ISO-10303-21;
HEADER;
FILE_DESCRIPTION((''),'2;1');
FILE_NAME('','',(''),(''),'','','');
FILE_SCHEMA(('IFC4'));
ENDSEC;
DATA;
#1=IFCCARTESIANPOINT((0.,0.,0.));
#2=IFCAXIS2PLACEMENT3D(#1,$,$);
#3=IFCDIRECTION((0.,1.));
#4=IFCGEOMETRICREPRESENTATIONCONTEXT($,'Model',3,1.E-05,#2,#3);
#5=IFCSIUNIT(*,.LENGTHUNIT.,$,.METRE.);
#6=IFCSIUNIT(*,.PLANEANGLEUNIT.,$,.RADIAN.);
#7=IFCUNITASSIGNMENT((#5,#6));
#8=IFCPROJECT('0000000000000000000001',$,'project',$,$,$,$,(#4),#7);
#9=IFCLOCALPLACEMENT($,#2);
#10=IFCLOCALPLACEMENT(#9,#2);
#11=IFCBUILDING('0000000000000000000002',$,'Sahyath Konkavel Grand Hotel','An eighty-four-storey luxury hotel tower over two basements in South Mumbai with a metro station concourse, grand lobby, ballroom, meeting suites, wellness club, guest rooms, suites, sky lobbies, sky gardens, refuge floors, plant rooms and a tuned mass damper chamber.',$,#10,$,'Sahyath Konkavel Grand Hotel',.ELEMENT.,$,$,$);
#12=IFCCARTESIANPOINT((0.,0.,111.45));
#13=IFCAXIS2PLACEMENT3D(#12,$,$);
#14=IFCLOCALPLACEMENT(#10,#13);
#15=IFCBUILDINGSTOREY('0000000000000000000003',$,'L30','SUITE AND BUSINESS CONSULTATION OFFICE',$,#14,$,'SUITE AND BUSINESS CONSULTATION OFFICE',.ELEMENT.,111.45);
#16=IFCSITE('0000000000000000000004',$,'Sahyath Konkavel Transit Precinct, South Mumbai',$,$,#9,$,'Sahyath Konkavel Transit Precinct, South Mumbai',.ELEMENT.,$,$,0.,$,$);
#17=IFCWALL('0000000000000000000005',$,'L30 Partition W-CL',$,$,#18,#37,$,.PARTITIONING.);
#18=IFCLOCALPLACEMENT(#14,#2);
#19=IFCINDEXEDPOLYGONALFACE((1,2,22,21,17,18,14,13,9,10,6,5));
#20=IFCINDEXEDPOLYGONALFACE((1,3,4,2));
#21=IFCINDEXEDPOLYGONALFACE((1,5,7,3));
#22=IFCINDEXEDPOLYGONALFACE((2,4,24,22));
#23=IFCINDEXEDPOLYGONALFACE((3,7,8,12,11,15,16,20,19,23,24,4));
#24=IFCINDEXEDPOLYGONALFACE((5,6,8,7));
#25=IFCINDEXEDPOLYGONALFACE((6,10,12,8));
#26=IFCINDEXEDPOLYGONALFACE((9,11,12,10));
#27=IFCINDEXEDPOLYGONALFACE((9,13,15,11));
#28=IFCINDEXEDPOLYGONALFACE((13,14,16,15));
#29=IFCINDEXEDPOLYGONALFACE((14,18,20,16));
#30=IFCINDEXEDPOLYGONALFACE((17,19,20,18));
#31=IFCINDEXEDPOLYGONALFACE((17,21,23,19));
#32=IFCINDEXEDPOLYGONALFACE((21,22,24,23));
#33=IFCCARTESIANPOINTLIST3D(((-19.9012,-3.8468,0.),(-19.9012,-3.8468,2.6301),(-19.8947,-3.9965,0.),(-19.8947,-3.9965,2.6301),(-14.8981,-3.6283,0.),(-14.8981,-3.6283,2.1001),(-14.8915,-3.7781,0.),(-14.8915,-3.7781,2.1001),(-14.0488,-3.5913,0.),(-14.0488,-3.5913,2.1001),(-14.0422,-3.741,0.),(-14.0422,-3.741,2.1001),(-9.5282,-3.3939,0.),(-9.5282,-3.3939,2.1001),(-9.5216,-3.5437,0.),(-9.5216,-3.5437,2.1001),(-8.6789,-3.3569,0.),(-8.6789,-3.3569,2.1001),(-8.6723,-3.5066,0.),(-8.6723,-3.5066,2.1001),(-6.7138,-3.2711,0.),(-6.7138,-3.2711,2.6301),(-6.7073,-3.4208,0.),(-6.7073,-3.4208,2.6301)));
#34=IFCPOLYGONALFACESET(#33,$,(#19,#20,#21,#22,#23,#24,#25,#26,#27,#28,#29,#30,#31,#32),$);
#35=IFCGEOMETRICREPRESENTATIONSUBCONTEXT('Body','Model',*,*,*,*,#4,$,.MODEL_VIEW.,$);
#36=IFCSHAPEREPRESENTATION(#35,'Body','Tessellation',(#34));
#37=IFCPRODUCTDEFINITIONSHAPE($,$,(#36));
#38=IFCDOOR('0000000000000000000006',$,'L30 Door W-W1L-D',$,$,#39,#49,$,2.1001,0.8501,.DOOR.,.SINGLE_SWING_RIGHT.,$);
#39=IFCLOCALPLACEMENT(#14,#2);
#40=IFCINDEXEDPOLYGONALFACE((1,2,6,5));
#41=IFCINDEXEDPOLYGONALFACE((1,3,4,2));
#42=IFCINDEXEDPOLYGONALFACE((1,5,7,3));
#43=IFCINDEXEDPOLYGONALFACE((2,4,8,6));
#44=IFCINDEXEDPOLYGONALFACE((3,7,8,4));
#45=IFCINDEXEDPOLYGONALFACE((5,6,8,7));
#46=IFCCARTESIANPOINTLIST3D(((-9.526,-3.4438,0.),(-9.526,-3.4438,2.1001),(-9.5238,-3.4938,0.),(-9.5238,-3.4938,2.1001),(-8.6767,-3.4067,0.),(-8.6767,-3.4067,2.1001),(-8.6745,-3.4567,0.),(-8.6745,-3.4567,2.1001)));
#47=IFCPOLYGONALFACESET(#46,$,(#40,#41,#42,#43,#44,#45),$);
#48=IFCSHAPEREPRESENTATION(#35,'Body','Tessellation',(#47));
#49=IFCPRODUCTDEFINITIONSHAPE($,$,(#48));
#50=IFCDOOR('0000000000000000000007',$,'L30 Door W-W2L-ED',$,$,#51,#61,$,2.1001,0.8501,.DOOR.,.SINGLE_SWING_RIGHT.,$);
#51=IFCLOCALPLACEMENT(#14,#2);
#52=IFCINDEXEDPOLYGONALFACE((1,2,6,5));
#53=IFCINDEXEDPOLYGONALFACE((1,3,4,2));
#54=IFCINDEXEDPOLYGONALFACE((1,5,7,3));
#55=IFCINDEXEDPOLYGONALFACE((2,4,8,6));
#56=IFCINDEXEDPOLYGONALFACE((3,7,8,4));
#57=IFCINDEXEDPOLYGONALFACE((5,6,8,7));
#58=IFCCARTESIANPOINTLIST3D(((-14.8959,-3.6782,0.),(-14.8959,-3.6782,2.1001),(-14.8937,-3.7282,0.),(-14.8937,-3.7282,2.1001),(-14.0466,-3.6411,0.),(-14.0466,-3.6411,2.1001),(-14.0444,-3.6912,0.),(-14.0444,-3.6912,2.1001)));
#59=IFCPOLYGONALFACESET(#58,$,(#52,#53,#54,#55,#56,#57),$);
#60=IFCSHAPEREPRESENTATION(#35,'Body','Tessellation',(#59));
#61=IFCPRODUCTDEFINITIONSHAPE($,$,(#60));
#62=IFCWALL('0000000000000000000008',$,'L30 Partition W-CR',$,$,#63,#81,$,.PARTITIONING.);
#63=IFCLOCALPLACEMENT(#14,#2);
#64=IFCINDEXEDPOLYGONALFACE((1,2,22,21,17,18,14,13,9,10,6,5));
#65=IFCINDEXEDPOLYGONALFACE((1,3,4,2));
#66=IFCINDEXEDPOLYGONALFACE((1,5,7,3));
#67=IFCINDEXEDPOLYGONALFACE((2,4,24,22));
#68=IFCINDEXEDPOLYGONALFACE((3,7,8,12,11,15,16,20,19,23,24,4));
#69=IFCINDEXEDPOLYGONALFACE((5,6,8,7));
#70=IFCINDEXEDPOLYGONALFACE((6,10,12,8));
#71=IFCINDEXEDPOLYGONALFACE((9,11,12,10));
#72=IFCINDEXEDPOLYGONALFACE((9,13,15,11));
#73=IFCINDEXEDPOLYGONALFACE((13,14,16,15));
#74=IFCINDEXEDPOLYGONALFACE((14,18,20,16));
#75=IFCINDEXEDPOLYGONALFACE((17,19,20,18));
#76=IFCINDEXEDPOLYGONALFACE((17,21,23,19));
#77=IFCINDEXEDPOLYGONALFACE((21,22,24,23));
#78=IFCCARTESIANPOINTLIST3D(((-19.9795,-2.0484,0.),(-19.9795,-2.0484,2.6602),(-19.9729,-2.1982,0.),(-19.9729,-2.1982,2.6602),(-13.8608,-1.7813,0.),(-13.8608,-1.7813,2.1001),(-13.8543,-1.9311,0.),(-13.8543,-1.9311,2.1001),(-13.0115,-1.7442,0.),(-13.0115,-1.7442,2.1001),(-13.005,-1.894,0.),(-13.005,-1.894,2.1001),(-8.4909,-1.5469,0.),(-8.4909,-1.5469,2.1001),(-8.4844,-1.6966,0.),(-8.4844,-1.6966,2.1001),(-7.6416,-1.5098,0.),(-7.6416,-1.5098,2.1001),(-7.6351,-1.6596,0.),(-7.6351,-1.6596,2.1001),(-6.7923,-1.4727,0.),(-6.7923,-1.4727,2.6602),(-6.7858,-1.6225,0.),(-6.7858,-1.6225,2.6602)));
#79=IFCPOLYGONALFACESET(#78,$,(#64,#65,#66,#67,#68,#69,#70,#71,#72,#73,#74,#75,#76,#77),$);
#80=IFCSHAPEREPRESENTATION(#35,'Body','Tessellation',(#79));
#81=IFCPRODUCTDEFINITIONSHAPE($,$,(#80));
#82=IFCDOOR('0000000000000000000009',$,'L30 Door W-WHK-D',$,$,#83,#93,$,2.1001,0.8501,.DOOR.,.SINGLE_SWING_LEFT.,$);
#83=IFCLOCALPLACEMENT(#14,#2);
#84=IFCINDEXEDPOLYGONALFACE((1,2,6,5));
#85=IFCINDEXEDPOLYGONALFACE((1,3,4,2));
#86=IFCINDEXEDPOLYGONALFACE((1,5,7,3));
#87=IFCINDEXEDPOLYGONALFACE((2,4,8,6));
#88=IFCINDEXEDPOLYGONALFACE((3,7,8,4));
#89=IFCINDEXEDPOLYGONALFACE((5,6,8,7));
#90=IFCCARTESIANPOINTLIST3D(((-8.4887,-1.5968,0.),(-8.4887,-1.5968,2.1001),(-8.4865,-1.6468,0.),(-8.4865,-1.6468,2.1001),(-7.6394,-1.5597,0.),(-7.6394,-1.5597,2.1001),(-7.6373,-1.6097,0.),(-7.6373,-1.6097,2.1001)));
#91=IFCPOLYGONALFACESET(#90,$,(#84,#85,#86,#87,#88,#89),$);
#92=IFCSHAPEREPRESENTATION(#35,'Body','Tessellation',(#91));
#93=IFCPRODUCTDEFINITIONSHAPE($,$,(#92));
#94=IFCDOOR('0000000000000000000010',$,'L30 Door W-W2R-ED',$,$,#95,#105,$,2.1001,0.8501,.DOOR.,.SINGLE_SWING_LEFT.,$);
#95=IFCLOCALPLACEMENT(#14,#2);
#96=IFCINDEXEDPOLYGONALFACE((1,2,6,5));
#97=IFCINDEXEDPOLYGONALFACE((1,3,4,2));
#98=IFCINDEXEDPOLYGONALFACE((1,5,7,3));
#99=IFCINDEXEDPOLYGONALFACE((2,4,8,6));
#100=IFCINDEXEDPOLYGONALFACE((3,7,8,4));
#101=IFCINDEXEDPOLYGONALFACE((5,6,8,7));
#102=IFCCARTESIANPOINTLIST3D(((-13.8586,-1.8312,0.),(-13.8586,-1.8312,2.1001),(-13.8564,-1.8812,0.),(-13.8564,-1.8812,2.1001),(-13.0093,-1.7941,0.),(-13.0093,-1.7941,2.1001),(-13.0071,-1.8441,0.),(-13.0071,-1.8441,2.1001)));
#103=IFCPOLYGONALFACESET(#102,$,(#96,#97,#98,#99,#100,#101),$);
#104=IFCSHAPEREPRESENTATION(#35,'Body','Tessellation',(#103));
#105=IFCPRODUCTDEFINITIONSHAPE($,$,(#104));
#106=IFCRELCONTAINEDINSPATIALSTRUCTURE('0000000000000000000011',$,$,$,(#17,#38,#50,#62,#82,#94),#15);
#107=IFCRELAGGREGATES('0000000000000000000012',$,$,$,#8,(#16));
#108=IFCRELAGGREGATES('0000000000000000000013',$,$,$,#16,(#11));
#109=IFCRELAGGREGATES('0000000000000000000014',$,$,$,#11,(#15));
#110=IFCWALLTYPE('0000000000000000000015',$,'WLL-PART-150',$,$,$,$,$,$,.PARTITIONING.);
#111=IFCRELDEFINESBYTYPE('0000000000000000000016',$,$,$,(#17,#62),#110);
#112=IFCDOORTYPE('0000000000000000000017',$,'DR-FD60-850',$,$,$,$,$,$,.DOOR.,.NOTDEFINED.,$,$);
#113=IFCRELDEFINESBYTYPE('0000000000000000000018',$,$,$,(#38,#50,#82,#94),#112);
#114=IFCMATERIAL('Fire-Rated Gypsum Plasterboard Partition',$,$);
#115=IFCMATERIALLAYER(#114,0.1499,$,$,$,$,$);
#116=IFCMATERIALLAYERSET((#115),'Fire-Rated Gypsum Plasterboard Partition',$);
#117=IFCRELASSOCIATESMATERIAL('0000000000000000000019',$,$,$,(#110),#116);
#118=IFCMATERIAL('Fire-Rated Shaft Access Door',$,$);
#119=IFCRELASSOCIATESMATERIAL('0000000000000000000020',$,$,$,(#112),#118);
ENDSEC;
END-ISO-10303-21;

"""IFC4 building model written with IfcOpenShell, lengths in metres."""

from ifc_helpers import new_model, si_unit, direction, frame, frame_2d, origin, origin_2d, place, context, subcontext, project, spatial, rectangle, extrude, source, transform, mapped, material, layer, layer_set, type_object, element, fill, save


model = new_model("IFC4")

# Units and contexts
model_context = context("Model", 3, precision=1e-05, world=origin(), true_north=direction((0.0, 1.0)))
body_context = subcontext(model_context, "Body", "Model", "MODEL_VIEW")
ifc_project = project(units=[si_unit("LENGTHUNIT", "METRE"), si_unit("PLANEANGLEUNIT", "RADIAN")], contexts=[model_context])

# Site, building, storey
site_placement = place(None, origin())
site = spatial("IfcSite", under=ifc_project, at=site_placement, Name="Sahyath Konkavel Transit Precinct, South Mumbai", LongName="Sahyath Konkavel Transit Precinct, South Mumbai", CompositionType="ELEMENT", RefElevation=0.0)
building_placement = place(site_placement, origin())
building = spatial("IfcBuilding", under=site, at=building_placement, Name="Sahyath Konkavel Grand Hotel", Description="An eighty-four-storey luxury hotel tower over two basements in South Mumbai with a metro station concourse, grand lobby, ballroom, meeting suites, wellness club, guest rooms, suites, sky lobbies, sky gardens, refuge floors, plant rooms and a tuned mass damper chamber.", LongName="Sahyath Konkavel Grand Hotel", CompositionType="ELEMENT")
storey_placement = place(building_placement, frame((0.0, 0.0, 111.45)))
storey = spatial("IfcBuildingStorey", under=building, at=storey_placement, Name="L30", Description="SUITE AND BUSINESS CONSULTATION OFFICE", LongName="SUITE AND BUSINESS CONSULTATION OFFICE", CompositionType="ELEMENT", Elevation=111.45)

# Walls, openings, doors
ifc_material_1 = material(Name="Fire-Rated Gypsum Plasterboard Partition")
ifc_layer_1 = layer(ifc_material_1, 0.1499)
ifc_layer_set_1 = layer_set([ifc_layer_1], Name="Fire-Rated Gypsum Plasterboard Partition")
wall_type_1 = type_object("IfcWallType", Name="WLL-PART-150", PredefinedType="PARTITIONING", material=ifc_layer_set_1)
wall_1_placement = place(storey_placement, frame((-6.7104, -3.3459, 0.0), z_axis=(0.0, 0.0, 1.0), x_axis=(-0.999049, -0.043612, 0.0)))
wall_1 = element("IfcWall", 1, at=wall_1_placement, inside=storey, type_object=wall_type_1, Name="L30 Partition W-CL", PredefinedType="PARTITIONING", context=body_context, shape_type="SweptSolid", body=[
    extrude(rectangle(XDim=13.2, YDim=0.1499, at=frame_2d((6.6001, 0.0))), origin(), (0.0, 0.0, 1.0), 2.6301),
])
opening_1_placement = place(wall_1_placement, frame((1.967, 0.0, 0.0)))
opening_1 = element("IfcOpeningElement", 2, at=opening_1_placement, cuts=wall_1, PredefinedType="OPENING", context=body_context, shape_type="SweptSolid", body=[
    extrude(rectangle(XDim=0.8501, YDim=2.1001, at=frame_2d((0.425, 1.05))), frame((0.0, 0.085, 0.0), z_axis=(0.0, -1.0, 0.0), x_axis=(1.0, 0.0, 0.0)), (0.0, 0.0, 1.0), 0.1699),
])
opening_2_placement = place(wall_1_placement, frame((7.342, 0.0, 0.0)))
opening_2 = element("IfcOpeningElement", 3, at=opening_2_placement, cuts=wall_1, PredefinedType="OPENING", context=body_context, shape_type="SweptSolid", body=[
    extrude(rectangle(XDim=0.8501, YDim=2.1001, at=frame_2d((0.425, 1.05))), frame((0.0, 0.085, 0.0), z_axis=(0.0, -1.0, 0.0), x_axis=(1.0, 0.0, 0.0)), (0.0, 0.0, 1.0), 0.1699),
])
ifc_material_2 = material(Name="Fire-Rated Shaft Access Door")
door_type_1 = type_object("IfcDoorType", Name="DR-FD60-850", OperationType="NOTDEFINED", PredefinedType="DOOR", material=ifc_material_2)
shared_shape_1 = source(origin(), body_context, "Body", "SweptSolid", [
    extrude(rectangle(XDim=0.8501, YDim=0.05, at=origin_2d()), origin(), (0.0, 0.0, 1.0), 2.1001),
])
door_1_placement = place(opening_1_placement, frame((0.425, 0.0, 0.0)))
door_1 = element("IfcDoor", 4, at=door_1_placement, inside=storey, type_object=door_type_1, Name="L30 Door W-W1L-D", OperationType="SINGLE_SWING_RIGHT", OverallHeight=2.1001, OverallWidth=0.8501, PredefinedType="DOOR", context=body_context, shape_type="MappedRepresentation", body=[
    mapped(shared_shape_1, transform((0.0, 0.0, 0.0), scale=1.0)),
])
fill(opening_1, door_1)
door_2_placement = place(opening_2_placement, frame((0.425, 0.0, 0.0)))
door_2 = element("IfcDoor", 5, at=door_2_placement, inside=storey, type_object=door_type_1, Name="L30 Door W-W2L-ED", OperationType="SINGLE_SWING_RIGHT", OverallHeight=2.1001, OverallWidth=0.8501, PredefinedType="DOOR", context=body_context, shape_type="MappedRepresentation", body=[
    mapped(shared_shape_1, transform((0.0, 0.0, 0.0), scale=1.0)),
])
fill(opening_2, door_2)
wall_2_placement = place(storey_placement, frame((-6.7891, -1.5476, 0.0), z_axis=(0.0, 0.0, 1.0), x_axis=(-0.999049, -0.043613, 0.0)))
wall_2 = element("IfcWall", 6, at=wall_2_placement, inside=storey, type_object=wall_type_1, Name="L30 Partition W-CR", PredefinedType="PARTITIONING", context=body_context, shape_type="SweptSolid", body=[
    extrude(rectangle(XDim=13.1997, YDim=0.1499, at=frame_2d((6.5999, 0.0))), origin(), (0.0, 0.0, 1.0), 2.6602),
])
opening_3_placement = place(wall_2_placement, frame((0.8501, 0.0, 0.0)))
opening_3 = element("IfcOpeningElement", 7, at=opening_3_placement, cuts=wall_2, PredefinedType="OPENING", context=body_context, shape_type="SweptSolid", body=[
    extrude(rectangle(XDim=0.8501, YDim=2.1001, at=frame_2d((0.425, 1.05))), frame((0.0, 0.085, 0.0), z_axis=(0.0, -1.0, 0.0), x_axis=(1.0, 0.0, 0.0)), (0.0, 0.0, 1.0), 0.1699),
])
opening_4_placement = place(wall_2_placement, frame((6.2251, 0.0, 0.0)))
opening_4 = element("IfcOpeningElement", 8, at=opening_4_placement, cuts=wall_2, PredefinedType="OPENING", context=body_context, shape_type="SweptSolid", body=[
    extrude(rectangle(XDim=0.8501, YDim=2.1001, at=frame_2d((0.425, 1.05))), frame((0.0, 0.085, 0.0), z_axis=(0.0, -1.0, 0.0), x_axis=(1.0, 0.0, 0.0)), (0.0, 0.0, 1.0), 0.1699),
])
door_3_placement = place(opening_3_placement, frame((0.425, 0.0, 0.0)))
door_3 = element("IfcDoor", 9, at=door_3_placement, inside=storey, type_object=door_type_1, Name="L30 Door W-WHK-D", OperationType="SINGLE_SWING_LEFT", OverallHeight=2.1001, OverallWidth=0.8501, PredefinedType="DOOR", context=body_context, shape_type="MappedRepresentation", body=[
    mapped(shared_shape_1, transform((0.0, 0.0, 0.0), scale=1.0)),
])
fill(opening_3, door_3)
door_4_placement = place(opening_4_placement, frame((0.425, 0.0, 0.0)))
door_4 = element("IfcDoor", 10, at=door_4_placement, inside=storey, type_object=door_type_1, Name="L30 Door W-W2R-ED", OperationType="SINGLE_SWING_LEFT", OverallHeight=2.1001, OverallWidth=0.8501, PredefinedType="DOOR", context=body_context, shape_type="MappedRepresentation", body=[
    mapped(shared_shape_1, transform((0.0, 0.0, 0.0), scale=1.0)),
])
fill(opening_4, door_4)

save(model, "model.ifc")
